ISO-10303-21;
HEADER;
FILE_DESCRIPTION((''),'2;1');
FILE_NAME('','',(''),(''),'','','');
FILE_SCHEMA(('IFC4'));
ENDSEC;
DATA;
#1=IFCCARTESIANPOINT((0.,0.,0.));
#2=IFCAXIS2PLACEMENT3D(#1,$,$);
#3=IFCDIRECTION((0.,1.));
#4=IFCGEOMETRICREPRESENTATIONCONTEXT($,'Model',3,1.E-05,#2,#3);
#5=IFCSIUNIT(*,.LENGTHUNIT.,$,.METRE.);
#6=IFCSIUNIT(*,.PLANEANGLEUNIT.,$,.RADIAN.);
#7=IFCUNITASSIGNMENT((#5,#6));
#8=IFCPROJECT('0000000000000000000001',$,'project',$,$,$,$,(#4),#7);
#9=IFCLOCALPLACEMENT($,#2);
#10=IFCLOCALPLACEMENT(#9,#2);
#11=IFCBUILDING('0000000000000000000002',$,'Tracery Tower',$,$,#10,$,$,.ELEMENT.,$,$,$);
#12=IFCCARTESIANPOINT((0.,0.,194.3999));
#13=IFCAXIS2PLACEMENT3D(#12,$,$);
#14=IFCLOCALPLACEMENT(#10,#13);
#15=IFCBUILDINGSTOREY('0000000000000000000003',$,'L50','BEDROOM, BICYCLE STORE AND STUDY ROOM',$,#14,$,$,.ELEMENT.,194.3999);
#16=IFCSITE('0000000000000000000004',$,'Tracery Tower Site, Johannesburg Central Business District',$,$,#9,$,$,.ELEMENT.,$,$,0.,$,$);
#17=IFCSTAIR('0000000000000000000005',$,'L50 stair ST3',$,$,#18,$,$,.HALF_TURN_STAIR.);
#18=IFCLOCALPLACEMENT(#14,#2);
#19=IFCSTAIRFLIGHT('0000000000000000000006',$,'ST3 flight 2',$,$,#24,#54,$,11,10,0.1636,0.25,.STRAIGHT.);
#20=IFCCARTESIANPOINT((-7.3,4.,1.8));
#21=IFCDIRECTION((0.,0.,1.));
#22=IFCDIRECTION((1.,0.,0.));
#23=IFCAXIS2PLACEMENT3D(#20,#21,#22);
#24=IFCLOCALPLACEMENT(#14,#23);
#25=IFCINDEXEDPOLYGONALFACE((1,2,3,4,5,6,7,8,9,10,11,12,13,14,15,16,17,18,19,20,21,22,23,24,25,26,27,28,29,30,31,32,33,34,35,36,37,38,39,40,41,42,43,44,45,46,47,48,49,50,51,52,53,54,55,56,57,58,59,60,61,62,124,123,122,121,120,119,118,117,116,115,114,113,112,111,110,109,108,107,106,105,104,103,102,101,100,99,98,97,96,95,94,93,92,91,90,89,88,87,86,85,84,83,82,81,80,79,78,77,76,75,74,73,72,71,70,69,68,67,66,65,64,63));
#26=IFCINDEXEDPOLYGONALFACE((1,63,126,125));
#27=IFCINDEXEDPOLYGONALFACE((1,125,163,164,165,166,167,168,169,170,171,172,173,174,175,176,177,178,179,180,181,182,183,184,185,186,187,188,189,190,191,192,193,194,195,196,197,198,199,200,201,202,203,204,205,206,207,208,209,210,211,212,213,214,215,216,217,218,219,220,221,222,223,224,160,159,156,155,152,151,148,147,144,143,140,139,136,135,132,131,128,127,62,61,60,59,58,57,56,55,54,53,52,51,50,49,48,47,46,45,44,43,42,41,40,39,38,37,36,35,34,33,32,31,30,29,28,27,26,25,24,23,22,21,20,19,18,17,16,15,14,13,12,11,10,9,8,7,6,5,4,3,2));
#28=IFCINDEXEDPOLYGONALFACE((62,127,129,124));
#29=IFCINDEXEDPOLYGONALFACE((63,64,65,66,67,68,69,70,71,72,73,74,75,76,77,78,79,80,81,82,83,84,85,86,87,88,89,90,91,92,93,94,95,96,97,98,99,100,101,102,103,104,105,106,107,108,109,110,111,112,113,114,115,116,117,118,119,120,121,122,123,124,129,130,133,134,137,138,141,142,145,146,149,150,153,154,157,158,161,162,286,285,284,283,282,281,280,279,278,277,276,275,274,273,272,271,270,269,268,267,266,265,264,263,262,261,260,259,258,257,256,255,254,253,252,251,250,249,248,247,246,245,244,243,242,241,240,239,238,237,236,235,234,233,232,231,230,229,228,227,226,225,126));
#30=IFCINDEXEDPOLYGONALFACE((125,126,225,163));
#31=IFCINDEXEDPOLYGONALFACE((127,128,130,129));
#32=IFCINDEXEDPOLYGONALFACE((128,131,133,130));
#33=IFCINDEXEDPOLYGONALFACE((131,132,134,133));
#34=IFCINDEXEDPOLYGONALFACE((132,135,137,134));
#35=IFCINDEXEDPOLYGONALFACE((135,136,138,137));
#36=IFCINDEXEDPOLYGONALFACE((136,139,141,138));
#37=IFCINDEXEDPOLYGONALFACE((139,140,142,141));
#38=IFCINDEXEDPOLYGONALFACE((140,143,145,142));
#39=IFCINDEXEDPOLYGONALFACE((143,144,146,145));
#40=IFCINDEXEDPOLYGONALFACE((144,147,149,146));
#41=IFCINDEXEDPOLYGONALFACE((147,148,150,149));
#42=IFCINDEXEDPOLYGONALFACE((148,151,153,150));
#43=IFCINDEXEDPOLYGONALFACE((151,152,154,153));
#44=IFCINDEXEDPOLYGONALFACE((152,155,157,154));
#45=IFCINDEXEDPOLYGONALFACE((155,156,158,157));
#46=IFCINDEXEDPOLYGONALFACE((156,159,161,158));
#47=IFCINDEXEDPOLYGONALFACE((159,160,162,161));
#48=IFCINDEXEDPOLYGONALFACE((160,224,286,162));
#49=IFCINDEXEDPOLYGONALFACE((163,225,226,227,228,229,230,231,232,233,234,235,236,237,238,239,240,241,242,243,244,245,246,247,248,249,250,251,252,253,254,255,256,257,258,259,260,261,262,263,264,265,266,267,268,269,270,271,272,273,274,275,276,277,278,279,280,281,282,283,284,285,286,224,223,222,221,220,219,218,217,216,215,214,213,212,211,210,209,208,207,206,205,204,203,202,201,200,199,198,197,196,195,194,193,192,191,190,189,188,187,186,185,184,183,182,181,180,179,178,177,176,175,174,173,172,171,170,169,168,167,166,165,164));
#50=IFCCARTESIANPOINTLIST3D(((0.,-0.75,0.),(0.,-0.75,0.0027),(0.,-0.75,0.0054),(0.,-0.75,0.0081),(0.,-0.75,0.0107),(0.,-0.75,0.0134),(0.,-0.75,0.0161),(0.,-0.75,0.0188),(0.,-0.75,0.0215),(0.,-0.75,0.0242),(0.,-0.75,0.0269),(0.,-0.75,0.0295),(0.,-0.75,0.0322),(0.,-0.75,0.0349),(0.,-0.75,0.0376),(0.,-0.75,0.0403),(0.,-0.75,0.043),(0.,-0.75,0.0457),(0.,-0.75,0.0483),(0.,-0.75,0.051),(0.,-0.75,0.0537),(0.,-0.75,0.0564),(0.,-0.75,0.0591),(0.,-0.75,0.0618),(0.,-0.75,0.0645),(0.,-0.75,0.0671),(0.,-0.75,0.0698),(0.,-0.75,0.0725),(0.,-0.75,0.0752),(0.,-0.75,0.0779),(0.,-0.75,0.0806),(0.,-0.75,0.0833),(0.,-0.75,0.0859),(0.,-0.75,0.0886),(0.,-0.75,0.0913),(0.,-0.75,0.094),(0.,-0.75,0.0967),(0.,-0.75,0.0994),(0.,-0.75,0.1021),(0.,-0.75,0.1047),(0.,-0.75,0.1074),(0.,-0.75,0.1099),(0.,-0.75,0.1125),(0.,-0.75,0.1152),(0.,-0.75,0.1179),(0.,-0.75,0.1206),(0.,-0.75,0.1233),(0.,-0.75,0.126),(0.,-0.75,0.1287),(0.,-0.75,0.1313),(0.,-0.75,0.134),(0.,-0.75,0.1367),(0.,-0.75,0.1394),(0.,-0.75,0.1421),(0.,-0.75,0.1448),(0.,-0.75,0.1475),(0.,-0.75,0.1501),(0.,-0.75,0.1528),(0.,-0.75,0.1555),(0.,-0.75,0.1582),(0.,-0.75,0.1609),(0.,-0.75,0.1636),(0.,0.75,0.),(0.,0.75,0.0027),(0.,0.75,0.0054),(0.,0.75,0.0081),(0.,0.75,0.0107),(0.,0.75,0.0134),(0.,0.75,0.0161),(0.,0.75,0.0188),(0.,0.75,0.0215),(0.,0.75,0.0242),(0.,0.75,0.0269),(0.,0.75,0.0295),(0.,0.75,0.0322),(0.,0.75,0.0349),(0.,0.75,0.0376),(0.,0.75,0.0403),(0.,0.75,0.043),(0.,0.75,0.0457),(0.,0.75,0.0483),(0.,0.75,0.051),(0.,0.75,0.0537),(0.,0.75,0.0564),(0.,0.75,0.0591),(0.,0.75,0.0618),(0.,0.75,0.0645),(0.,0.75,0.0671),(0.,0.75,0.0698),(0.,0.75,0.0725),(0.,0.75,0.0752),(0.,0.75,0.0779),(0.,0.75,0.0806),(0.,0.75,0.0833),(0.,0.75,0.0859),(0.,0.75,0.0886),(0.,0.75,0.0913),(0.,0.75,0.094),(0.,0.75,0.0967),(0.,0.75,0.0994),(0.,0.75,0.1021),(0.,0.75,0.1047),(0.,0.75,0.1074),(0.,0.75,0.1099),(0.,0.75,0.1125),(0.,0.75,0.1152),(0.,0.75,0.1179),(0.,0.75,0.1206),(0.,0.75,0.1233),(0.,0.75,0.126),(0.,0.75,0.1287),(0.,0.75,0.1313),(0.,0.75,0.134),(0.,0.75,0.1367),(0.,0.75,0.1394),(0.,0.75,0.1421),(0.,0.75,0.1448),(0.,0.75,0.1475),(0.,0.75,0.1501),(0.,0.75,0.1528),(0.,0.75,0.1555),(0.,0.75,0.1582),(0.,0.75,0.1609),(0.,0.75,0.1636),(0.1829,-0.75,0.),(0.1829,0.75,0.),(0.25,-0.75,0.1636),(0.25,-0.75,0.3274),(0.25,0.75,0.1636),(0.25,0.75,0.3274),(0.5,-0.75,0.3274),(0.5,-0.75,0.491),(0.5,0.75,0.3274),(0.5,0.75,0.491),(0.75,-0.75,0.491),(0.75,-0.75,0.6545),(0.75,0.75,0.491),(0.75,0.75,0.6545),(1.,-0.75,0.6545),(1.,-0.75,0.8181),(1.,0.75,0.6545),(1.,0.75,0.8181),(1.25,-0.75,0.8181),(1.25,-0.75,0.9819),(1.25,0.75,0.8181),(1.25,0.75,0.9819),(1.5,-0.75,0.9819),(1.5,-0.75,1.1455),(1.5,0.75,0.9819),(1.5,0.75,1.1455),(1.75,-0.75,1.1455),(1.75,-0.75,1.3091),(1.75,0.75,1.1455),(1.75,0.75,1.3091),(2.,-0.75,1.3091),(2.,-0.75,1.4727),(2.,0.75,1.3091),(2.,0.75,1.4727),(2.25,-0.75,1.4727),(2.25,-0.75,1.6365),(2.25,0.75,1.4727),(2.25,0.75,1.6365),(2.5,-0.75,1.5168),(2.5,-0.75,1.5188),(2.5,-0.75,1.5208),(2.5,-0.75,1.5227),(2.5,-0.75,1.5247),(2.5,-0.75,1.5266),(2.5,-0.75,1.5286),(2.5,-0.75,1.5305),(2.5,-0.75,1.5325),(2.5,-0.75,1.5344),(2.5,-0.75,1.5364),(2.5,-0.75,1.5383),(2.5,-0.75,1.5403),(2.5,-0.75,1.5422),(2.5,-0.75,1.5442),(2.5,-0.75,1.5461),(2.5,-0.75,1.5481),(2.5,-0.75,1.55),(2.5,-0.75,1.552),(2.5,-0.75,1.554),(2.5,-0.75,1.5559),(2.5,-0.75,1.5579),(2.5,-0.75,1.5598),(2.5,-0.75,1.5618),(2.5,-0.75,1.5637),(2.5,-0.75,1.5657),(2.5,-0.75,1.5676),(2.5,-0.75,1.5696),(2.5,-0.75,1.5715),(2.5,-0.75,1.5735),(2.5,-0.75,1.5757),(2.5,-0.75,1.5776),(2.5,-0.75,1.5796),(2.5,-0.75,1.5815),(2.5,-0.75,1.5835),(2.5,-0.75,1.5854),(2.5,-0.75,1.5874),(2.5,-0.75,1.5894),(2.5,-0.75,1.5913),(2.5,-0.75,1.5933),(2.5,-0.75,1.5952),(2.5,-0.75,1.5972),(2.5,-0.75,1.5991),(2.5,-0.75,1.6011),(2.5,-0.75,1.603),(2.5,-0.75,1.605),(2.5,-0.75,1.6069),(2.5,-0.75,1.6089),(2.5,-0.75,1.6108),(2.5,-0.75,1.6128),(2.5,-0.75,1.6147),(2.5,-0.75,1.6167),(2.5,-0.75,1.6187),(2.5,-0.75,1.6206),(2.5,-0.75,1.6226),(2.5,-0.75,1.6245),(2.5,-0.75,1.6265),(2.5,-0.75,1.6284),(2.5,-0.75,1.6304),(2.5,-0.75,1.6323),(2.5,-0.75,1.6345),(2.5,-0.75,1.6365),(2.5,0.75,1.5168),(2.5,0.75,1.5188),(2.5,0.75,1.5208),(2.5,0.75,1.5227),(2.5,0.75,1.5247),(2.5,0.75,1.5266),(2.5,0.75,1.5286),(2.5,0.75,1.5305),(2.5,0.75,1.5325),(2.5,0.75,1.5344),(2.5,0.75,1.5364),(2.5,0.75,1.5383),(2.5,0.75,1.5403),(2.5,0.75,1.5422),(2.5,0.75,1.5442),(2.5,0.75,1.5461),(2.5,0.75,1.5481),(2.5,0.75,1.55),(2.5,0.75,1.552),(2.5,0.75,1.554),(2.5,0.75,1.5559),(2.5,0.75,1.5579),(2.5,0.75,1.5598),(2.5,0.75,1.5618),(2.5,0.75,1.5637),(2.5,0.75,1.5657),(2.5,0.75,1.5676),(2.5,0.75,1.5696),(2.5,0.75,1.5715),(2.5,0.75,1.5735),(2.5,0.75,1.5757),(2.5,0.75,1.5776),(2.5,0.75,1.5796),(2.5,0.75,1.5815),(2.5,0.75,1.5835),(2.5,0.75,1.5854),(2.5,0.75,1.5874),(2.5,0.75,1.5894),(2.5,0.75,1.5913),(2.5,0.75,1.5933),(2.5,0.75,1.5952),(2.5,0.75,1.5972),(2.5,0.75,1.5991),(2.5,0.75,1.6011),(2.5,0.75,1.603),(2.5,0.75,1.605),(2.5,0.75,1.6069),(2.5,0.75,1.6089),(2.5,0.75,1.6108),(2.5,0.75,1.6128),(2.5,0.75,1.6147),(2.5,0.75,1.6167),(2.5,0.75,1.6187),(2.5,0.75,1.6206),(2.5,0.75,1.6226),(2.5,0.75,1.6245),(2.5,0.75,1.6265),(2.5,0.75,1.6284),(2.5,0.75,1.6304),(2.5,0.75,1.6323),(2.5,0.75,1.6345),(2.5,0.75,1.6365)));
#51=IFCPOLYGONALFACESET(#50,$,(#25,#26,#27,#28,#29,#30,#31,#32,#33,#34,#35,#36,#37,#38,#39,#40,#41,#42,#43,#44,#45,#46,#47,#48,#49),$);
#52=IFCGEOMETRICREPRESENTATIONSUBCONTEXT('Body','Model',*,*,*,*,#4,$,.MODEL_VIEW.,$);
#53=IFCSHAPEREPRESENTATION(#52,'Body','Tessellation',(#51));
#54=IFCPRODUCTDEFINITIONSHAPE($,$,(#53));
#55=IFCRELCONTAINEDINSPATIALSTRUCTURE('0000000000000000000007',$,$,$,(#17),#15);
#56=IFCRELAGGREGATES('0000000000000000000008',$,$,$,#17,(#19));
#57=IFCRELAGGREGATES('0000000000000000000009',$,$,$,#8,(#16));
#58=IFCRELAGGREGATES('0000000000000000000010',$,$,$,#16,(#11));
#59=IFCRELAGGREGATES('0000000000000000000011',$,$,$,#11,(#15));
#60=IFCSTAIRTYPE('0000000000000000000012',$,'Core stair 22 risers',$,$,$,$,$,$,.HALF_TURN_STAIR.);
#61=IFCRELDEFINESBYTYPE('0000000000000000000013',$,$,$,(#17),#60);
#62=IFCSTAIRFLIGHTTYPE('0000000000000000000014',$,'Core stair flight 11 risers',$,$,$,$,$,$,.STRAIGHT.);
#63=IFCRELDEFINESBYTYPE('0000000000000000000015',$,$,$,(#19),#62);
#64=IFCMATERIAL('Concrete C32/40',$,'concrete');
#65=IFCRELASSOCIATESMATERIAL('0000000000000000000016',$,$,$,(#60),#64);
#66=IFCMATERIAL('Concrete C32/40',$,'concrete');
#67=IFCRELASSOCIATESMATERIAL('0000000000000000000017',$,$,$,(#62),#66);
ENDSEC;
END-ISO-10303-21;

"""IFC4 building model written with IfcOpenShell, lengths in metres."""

from ifc_helpers import new_model, si_unit, direction, frame, origin, place, context, subcontext, project, spatial, polyline, outline, extrude, material, type_object, element, aggregate, save


model = new_model("IFC4")

# Units and contexts
model_context = context("Model", 3, precision=1e-05, world=origin(), true_north=direction((0.0, 1.0)))
body_context = subcontext(model_context, "Body", "Model", "MODEL_VIEW")
ifc_project = project(units=[si_unit("LENGTHUNIT", "METRE"), si_unit("PLANEANGLEUNIT", "RADIAN")], contexts=[model_context])

# Site, building, storey
site_placement = place(None, origin())
site = spatial("IfcSite", under=ifc_project, at=site_placement, Name="Tracery Tower Site, Johannesburg Central Business District", CompositionType="ELEMENT", RefElevation=0.0)
building_placement = place(site_placement, origin())
building = spatial("IfcBuilding", under=site, at=building_placement, Name="Tracery Tower", CompositionType="ELEMENT")
storey_placement = place(building_placement, frame((0.0, 0.0, 194.3999)))
storey = spatial("IfcBuildingStorey", under=building, at=storey_placement, Name="L50", Description="BEDROOM, BICYCLE STORE AND STUDY ROOM", CompositionType="ELEMENT", Elevation=194.3999)

# Stair, stair flight
ifc_material_1 = material(Name="Concrete C32/40", Category="concrete")
stair_type = type_object("IfcStairType", Name="Core stair 22 risers", PredefinedType="HALF_TURN_STAIR", material=ifc_material_1)
stair_placement = place(storey_placement, origin())
stair = element("IfcStair", 1, at=stair_placement, inside=storey, type_object=stair_type, Name="L50 stair ST3", PredefinedType="HALF_TURN_STAIR")
ifc_material_2 = material(Name="Concrete C32/40", Category="concrete")
stair_flight_type = type_object("IfcStairFlightType", Name="Core stair flight 11 risers", PredefinedType="STRAIGHT", material=ifc_material_2)
stair_flight_1_placement = place(storey_placement, frame((-7.3, 4.0, 1.8), z_axis=(0.0, 0.0, 1.0), x_axis=(1.0, 0.0, 0.0)))
stair_flight_1 = element("IfcStairFlight", 2, at=stair_flight_1_placement, type_object=stair_flight_type, Name="ST3 flight 2", NumberOfRisers=11, NumberOfTreads=10, PredefinedType="STRAIGHT", RiserHeight=0.1636, TreadLength=0.25, context=body_context, shape_type="SweptSolid", body=[
    extrude(outline(polyline([(0.0, 0.0), (0.0, 0.0027), (0.0, 0.0054), (0.0, 0.0081), (0.0, 0.0107), (0.0, 0.0134), (0.0, 0.0161), (0.0, 0.0188), (0.0, 0.0215), (0.0, 0.0242), (0.0, 0.0269), (0.0, 0.0295), (0.0, 0.0322), (0.0, 0.0349), (0.0, 0.0376), (0.0, 0.0403), (0.0, 0.043), (0.0, 0.0457), (0.0, 0.0483), (0.0, 0.051), (0.0, 0.0537), (0.0, 0.0564), (0.0, 0.0591), (0.0, 0.0618), (0.0, 0.0645), (0.0, 0.0671), (0.0, 0.0698), (0.0, 0.0725), (0.0, 0.0752), (0.0, 0.0779), (0.0, 0.0806), (0.0, 0.0833), (0.0, 0.0859), (0.0, 0.0886), (0.0, 0.0913), (0.0, 0.094), (0.0, 0.0967), (0.0, 0.0994), (0.0, 0.1021), (0.0, 0.1047), (0.0, 0.1074), (0.0, 0.1099), (0.0, 0.1125), (0.0, 0.1152), (0.0, 0.1179), (0.0, 0.1206), (0.0, 0.1233), (0.0, 0.126), (0.0, 0.1287), (0.0, 0.1313), (0.0, 0.134), (0.0, 0.1367), (0.0, 0.1394), (0.0, 0.1421), (0.0, 0.1448), (0.0, 0.1475), (0.0, 0.1501), (0.0, 0.1528), (0.0, 0.1555), (0.0, 0.1582), (0.0, 0.1609), (0.0, 0.1636), (0.25, 0.1636), (0.25, 0.3274), (0.5, 0.3274), (0.5, 0.491), (0.75, 0.491), (0.75, 0.6545), (1.0, 0.6545), (1.0, 0.8181), (1.25, 0.8181), (1.25, 0.9819), (1.5, 0.9819), (1.5, 1.1455), (1.75, 1.1455), (1.75, 1.3091), (2.0, 1.3091), (2.0, 1.4727), (2.25, 1.4727), (2.25, 1.6365), (2.5, 1.6365), (2.5, 1.6345), (2.5, 1.6323), (2.5, 1.6304), (2.5, 1.6284), (2.5, 1.6265), (2.5, 1.6245), (2.5, 1.6226), (2.5, 1.6206), (2.5, 1.6187), (2.5, 1.6167), (2.5, 1.6147), (2.5, 1.6128), (2.5, 1.6108), (2.5, 1.6089), (2.5, 1.6069), (2.5, 1.605), (2.5, 1.603), (2.5, 1.6011), (2.5, 1.5991), (2.5, 1.5972), (2.5, 1.5952), (2.5, 1.5933), (2.5, 1.5913), (2.5, 1.5894), (2.5, 1.5874), (2.5, 1.5854), (2.5, 1.5835), (2.5, 1.5815), (2.5, 1.5796), (2.5, 1.5776), (2.5, 1.5757), (2.5, 1.5735), (2.5, 1.5715), (2.5, 1.5696), (2.5, 1.5676), (2.5, 1.5657), (2.5, 1.5637), (2.5, 1.5618), (2.5, 1.5598), (2.5, 1.5579), (2.5, 1.5559), (2.5, 1.554), (2.5, 1.552), (2.5, 1.55), (2.5, 1.5481), (2.5, 1.5461), (2.5, 1.5442), (2.5, 1.5422), (2.5, 1.5403), (2.5, 1.5383), (2.5, 1.5364), (2.5, 1.5344), (2.5, 1.5325), (2.5, 1.5305), (2.5, 1.5286), (2.5, 1.5266), (2.5, 1.5247), (2.5, 1.5227), (2.5, 1.5208), (2.5, 1.5188), (2.5, 1.5168), (0.1829, 0.0), (0.0, 0.0)])), frame((0.0, 0.75, 0.0), z_axis=(0.0, -1.0, 0.0), x_axis=(1.0, 0.0, 0.0)), (0.0, 0.0, 1.0), 1.5),
])
aggregate(stair, [stair_flight_1])

save(model, "model.ifc")
